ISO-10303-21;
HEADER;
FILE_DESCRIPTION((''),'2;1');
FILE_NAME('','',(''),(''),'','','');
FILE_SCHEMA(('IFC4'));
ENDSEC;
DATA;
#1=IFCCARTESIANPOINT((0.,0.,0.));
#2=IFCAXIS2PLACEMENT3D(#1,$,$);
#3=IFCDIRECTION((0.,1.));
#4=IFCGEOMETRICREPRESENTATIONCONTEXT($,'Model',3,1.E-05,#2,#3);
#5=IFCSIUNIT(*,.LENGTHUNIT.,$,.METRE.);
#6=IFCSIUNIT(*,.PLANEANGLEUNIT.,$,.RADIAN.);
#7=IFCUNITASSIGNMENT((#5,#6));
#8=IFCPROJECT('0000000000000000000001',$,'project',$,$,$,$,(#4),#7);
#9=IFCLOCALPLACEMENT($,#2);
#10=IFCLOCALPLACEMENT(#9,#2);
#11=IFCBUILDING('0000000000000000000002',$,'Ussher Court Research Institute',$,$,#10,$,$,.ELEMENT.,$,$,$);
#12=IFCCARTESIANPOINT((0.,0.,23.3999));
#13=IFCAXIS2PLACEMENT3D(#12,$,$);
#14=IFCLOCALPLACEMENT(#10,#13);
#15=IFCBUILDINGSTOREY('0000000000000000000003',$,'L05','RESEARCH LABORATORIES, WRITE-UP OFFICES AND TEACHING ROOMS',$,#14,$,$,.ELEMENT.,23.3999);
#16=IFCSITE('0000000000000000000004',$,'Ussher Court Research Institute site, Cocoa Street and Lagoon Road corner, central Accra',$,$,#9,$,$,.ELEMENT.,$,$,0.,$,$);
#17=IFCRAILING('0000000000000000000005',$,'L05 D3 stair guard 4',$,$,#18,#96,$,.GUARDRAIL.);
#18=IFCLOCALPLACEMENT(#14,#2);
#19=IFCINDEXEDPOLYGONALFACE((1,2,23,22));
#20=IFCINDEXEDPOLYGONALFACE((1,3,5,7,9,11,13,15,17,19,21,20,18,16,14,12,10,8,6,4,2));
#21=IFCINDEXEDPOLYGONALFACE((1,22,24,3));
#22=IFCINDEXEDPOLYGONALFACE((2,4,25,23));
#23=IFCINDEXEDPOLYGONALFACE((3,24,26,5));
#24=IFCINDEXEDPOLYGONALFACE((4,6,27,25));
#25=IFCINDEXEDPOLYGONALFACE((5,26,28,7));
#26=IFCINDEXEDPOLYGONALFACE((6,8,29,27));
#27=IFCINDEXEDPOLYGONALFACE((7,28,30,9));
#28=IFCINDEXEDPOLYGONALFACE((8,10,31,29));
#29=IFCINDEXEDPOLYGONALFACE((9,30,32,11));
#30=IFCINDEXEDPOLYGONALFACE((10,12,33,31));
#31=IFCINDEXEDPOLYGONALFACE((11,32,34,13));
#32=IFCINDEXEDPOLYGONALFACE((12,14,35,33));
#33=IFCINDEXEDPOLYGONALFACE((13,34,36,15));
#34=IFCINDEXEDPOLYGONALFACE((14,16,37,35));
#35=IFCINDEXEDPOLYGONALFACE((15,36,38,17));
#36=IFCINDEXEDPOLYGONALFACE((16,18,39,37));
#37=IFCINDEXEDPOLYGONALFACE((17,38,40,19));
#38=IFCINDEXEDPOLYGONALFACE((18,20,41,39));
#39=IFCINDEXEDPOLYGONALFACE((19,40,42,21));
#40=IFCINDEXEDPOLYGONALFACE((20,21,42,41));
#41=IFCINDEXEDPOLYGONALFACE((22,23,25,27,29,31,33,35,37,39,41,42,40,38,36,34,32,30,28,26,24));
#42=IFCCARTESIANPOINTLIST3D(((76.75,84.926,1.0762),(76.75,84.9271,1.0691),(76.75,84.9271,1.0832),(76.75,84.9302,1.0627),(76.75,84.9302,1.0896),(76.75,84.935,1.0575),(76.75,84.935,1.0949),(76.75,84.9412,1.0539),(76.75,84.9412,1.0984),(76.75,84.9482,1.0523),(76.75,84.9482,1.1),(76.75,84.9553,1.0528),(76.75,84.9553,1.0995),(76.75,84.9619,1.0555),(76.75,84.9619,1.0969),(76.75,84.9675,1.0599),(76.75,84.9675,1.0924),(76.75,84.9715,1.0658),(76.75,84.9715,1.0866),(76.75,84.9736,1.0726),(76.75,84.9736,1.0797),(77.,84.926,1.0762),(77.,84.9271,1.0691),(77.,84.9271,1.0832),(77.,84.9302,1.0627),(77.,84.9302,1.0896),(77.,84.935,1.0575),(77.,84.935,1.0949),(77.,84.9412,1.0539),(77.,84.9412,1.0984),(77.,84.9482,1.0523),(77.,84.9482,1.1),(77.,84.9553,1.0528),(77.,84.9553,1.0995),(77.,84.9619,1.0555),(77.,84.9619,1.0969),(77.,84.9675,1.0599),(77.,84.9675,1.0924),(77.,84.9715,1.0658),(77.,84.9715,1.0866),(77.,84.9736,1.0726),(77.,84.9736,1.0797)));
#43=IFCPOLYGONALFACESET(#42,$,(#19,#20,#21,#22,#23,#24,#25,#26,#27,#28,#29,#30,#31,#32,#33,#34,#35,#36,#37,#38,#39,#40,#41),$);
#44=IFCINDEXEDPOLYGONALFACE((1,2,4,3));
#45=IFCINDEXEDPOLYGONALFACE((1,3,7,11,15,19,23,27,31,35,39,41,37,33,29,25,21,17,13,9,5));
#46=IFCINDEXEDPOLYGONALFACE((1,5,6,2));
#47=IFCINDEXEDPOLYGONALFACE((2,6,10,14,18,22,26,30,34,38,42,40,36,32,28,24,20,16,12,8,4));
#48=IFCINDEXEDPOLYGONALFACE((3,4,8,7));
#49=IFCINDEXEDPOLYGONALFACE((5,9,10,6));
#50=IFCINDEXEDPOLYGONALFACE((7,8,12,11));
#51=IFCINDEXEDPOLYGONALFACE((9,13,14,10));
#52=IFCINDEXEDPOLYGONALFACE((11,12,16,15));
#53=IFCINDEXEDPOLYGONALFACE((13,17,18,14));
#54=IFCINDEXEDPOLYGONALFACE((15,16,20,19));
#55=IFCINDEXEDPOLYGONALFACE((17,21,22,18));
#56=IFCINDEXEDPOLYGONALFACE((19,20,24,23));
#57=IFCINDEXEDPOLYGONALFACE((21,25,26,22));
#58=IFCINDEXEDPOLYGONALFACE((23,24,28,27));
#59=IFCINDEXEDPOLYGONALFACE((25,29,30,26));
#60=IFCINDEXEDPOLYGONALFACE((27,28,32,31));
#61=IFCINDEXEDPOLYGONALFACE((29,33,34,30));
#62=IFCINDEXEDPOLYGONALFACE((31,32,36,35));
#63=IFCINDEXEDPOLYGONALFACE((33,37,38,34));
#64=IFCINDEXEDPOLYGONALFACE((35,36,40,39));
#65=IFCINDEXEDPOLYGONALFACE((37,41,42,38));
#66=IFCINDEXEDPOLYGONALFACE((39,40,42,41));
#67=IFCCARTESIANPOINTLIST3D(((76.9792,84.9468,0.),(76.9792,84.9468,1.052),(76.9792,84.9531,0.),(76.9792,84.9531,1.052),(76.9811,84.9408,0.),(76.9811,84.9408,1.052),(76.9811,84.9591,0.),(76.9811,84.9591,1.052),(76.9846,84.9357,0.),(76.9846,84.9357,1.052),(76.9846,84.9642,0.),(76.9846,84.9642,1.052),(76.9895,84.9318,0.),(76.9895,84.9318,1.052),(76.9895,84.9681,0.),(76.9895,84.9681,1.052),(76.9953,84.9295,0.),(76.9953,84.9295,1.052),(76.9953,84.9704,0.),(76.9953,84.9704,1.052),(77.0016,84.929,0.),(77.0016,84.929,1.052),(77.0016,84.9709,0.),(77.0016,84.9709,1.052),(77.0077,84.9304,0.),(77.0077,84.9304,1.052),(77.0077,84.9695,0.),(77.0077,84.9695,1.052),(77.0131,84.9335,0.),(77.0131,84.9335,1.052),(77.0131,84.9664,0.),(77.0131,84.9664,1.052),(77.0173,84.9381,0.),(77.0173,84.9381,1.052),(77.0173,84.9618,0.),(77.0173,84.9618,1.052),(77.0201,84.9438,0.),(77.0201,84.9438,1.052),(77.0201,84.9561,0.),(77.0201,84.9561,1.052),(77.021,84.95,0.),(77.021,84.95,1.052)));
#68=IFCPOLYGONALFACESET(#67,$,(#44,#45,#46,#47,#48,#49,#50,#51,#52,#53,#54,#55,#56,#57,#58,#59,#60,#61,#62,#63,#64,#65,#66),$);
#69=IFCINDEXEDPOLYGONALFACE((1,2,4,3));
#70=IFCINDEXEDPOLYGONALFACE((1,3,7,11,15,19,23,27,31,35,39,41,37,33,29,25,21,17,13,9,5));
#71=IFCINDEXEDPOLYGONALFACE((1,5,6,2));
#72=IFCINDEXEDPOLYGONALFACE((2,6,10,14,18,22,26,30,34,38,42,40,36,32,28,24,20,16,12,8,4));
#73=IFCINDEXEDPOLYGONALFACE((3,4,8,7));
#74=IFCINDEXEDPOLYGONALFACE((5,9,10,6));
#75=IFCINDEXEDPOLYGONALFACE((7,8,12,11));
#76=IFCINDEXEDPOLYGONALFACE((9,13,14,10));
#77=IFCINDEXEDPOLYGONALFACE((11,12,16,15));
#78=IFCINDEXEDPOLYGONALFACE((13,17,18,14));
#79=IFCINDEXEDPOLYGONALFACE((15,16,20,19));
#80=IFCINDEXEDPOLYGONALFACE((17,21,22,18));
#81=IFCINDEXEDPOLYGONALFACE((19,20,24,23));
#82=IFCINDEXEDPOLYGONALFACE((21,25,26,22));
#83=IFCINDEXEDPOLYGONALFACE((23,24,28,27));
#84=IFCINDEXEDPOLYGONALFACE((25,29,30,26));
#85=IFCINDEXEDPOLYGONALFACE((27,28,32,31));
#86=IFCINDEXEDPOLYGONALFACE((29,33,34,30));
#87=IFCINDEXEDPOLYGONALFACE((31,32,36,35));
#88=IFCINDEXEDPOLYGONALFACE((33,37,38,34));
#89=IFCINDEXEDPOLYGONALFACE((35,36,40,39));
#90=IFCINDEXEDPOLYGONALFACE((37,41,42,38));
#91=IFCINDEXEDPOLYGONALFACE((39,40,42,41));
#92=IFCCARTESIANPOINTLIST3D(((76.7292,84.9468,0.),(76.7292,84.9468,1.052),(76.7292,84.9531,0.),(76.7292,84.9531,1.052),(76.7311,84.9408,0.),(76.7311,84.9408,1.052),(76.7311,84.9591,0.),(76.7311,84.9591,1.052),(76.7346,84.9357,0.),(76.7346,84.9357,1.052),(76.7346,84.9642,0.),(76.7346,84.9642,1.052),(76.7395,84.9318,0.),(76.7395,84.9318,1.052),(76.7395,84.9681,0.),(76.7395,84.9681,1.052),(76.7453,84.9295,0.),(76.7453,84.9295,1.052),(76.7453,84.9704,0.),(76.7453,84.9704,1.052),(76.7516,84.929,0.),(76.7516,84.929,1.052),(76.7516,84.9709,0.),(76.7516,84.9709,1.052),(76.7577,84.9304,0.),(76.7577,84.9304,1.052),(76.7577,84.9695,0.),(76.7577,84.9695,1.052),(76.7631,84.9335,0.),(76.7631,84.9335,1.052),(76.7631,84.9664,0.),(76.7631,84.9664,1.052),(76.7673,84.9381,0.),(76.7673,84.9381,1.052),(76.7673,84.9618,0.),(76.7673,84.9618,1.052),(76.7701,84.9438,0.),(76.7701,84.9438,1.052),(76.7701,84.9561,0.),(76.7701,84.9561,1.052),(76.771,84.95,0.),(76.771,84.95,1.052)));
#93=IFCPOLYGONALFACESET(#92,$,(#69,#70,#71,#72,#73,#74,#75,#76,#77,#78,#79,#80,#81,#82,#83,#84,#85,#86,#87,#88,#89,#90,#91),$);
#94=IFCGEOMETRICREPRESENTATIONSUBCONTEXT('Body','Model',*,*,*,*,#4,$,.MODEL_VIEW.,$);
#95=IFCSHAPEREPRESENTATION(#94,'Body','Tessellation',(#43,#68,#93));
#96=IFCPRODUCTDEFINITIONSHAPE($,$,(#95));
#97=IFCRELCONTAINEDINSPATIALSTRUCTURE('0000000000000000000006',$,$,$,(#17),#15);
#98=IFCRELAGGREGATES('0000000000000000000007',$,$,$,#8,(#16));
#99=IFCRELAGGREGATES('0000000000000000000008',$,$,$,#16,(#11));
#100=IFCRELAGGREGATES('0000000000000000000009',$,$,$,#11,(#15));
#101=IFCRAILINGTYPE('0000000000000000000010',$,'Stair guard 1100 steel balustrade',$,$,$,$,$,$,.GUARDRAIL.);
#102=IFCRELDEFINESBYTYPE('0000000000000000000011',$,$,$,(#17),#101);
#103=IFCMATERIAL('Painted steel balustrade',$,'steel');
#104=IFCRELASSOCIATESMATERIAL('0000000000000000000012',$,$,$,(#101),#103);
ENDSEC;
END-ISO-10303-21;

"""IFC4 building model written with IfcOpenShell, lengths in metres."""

from ifc_helpers import new_model, si_unit, direction, frame, origin, origin_2d, place, context, subcontext, project, spatial, circle, extrude, material, type_object, element, save


model = new_model("IFC4")

# Units and contexts
model_context = context("Model", 3, precision=1e-05, world=origin(), true_north=direction((0.0, 1.0)))
body_context = subcontext(model_context, "Body", "Model", "MODEL_VIEW")
ifc_project = project(units=[si_unit("LENGTHUNIT", "METRE"), si_unit("PLANEANGLEUNIT", "RADIAN")], contexts=[model_context])

# Site, building, storey
site_placement = place(None, origin())
site = spatial("IfcSite", under=ifc_project, at=site_placement, Name="Ussher Court Research Institute site, Cocoa Street and Lagoon Road corner, central Accra", CompositionType="ELEMENT", RefElevation=0.0)
building_placement = place(site_placement, origin())
building = spatial("IfcBuilding", under=site, at=building_placement, Name="Ussher Court Research Institute", CompositionType="ELEMENT")
storey_placement = place(building_placement, frame((0.0, 0.0, 23.3999)))
storey = spatial("IfcBuildingStorey", under=building, at=storey_placement, Name="L05", Description="RESEARCH LABORATORIES, WRITE-UP OFFICES AND TEACHING ROOMS", CompositionType="ELEMENT", Elevation=23.3999)

# Railing
ifc_material_1 = material(Name="Painted steel balustrade", Category="steel")
railing_type_1 = type_object("IfcRailingType", Name="Stair guard 1100 steel balustrade", PredefinedType="GUARDRAIL", material=ifc_material_1)
railing_1_placement = place(storey_placement, frame((77.0, 84.95, 0.0)))
element("IfcRailing", 1, at=railing_1_placement, inside=storey, type_object=railing_type_1, Name="L05 D3 stair guard 4", PredefinedType="GUARDRAIL", context=body_context, shape_type="SweptSolid", body=[
    extrude(circle(Radius=0.0239, at=origin_2d()), frame((0.0, 0.0, 1.0762), z_axis=(-1.0, 0.0, 0.0), x_axis=(0.0, -1.0, 0.0)), (0.0, 0.0, 1.0), 0.25),
    extrude(circle(Radius=0.021, at=origin_2d()), origin(), (0.0, 0.0, 1.0), 1.052),
    extrude(circle(Radius=0.021, at=origin_2d()), frame((-0.25, 0.0, 0.0)), (0.0, 0.0, 1.0), 1.052),
])

save(model, "model.ifc")
